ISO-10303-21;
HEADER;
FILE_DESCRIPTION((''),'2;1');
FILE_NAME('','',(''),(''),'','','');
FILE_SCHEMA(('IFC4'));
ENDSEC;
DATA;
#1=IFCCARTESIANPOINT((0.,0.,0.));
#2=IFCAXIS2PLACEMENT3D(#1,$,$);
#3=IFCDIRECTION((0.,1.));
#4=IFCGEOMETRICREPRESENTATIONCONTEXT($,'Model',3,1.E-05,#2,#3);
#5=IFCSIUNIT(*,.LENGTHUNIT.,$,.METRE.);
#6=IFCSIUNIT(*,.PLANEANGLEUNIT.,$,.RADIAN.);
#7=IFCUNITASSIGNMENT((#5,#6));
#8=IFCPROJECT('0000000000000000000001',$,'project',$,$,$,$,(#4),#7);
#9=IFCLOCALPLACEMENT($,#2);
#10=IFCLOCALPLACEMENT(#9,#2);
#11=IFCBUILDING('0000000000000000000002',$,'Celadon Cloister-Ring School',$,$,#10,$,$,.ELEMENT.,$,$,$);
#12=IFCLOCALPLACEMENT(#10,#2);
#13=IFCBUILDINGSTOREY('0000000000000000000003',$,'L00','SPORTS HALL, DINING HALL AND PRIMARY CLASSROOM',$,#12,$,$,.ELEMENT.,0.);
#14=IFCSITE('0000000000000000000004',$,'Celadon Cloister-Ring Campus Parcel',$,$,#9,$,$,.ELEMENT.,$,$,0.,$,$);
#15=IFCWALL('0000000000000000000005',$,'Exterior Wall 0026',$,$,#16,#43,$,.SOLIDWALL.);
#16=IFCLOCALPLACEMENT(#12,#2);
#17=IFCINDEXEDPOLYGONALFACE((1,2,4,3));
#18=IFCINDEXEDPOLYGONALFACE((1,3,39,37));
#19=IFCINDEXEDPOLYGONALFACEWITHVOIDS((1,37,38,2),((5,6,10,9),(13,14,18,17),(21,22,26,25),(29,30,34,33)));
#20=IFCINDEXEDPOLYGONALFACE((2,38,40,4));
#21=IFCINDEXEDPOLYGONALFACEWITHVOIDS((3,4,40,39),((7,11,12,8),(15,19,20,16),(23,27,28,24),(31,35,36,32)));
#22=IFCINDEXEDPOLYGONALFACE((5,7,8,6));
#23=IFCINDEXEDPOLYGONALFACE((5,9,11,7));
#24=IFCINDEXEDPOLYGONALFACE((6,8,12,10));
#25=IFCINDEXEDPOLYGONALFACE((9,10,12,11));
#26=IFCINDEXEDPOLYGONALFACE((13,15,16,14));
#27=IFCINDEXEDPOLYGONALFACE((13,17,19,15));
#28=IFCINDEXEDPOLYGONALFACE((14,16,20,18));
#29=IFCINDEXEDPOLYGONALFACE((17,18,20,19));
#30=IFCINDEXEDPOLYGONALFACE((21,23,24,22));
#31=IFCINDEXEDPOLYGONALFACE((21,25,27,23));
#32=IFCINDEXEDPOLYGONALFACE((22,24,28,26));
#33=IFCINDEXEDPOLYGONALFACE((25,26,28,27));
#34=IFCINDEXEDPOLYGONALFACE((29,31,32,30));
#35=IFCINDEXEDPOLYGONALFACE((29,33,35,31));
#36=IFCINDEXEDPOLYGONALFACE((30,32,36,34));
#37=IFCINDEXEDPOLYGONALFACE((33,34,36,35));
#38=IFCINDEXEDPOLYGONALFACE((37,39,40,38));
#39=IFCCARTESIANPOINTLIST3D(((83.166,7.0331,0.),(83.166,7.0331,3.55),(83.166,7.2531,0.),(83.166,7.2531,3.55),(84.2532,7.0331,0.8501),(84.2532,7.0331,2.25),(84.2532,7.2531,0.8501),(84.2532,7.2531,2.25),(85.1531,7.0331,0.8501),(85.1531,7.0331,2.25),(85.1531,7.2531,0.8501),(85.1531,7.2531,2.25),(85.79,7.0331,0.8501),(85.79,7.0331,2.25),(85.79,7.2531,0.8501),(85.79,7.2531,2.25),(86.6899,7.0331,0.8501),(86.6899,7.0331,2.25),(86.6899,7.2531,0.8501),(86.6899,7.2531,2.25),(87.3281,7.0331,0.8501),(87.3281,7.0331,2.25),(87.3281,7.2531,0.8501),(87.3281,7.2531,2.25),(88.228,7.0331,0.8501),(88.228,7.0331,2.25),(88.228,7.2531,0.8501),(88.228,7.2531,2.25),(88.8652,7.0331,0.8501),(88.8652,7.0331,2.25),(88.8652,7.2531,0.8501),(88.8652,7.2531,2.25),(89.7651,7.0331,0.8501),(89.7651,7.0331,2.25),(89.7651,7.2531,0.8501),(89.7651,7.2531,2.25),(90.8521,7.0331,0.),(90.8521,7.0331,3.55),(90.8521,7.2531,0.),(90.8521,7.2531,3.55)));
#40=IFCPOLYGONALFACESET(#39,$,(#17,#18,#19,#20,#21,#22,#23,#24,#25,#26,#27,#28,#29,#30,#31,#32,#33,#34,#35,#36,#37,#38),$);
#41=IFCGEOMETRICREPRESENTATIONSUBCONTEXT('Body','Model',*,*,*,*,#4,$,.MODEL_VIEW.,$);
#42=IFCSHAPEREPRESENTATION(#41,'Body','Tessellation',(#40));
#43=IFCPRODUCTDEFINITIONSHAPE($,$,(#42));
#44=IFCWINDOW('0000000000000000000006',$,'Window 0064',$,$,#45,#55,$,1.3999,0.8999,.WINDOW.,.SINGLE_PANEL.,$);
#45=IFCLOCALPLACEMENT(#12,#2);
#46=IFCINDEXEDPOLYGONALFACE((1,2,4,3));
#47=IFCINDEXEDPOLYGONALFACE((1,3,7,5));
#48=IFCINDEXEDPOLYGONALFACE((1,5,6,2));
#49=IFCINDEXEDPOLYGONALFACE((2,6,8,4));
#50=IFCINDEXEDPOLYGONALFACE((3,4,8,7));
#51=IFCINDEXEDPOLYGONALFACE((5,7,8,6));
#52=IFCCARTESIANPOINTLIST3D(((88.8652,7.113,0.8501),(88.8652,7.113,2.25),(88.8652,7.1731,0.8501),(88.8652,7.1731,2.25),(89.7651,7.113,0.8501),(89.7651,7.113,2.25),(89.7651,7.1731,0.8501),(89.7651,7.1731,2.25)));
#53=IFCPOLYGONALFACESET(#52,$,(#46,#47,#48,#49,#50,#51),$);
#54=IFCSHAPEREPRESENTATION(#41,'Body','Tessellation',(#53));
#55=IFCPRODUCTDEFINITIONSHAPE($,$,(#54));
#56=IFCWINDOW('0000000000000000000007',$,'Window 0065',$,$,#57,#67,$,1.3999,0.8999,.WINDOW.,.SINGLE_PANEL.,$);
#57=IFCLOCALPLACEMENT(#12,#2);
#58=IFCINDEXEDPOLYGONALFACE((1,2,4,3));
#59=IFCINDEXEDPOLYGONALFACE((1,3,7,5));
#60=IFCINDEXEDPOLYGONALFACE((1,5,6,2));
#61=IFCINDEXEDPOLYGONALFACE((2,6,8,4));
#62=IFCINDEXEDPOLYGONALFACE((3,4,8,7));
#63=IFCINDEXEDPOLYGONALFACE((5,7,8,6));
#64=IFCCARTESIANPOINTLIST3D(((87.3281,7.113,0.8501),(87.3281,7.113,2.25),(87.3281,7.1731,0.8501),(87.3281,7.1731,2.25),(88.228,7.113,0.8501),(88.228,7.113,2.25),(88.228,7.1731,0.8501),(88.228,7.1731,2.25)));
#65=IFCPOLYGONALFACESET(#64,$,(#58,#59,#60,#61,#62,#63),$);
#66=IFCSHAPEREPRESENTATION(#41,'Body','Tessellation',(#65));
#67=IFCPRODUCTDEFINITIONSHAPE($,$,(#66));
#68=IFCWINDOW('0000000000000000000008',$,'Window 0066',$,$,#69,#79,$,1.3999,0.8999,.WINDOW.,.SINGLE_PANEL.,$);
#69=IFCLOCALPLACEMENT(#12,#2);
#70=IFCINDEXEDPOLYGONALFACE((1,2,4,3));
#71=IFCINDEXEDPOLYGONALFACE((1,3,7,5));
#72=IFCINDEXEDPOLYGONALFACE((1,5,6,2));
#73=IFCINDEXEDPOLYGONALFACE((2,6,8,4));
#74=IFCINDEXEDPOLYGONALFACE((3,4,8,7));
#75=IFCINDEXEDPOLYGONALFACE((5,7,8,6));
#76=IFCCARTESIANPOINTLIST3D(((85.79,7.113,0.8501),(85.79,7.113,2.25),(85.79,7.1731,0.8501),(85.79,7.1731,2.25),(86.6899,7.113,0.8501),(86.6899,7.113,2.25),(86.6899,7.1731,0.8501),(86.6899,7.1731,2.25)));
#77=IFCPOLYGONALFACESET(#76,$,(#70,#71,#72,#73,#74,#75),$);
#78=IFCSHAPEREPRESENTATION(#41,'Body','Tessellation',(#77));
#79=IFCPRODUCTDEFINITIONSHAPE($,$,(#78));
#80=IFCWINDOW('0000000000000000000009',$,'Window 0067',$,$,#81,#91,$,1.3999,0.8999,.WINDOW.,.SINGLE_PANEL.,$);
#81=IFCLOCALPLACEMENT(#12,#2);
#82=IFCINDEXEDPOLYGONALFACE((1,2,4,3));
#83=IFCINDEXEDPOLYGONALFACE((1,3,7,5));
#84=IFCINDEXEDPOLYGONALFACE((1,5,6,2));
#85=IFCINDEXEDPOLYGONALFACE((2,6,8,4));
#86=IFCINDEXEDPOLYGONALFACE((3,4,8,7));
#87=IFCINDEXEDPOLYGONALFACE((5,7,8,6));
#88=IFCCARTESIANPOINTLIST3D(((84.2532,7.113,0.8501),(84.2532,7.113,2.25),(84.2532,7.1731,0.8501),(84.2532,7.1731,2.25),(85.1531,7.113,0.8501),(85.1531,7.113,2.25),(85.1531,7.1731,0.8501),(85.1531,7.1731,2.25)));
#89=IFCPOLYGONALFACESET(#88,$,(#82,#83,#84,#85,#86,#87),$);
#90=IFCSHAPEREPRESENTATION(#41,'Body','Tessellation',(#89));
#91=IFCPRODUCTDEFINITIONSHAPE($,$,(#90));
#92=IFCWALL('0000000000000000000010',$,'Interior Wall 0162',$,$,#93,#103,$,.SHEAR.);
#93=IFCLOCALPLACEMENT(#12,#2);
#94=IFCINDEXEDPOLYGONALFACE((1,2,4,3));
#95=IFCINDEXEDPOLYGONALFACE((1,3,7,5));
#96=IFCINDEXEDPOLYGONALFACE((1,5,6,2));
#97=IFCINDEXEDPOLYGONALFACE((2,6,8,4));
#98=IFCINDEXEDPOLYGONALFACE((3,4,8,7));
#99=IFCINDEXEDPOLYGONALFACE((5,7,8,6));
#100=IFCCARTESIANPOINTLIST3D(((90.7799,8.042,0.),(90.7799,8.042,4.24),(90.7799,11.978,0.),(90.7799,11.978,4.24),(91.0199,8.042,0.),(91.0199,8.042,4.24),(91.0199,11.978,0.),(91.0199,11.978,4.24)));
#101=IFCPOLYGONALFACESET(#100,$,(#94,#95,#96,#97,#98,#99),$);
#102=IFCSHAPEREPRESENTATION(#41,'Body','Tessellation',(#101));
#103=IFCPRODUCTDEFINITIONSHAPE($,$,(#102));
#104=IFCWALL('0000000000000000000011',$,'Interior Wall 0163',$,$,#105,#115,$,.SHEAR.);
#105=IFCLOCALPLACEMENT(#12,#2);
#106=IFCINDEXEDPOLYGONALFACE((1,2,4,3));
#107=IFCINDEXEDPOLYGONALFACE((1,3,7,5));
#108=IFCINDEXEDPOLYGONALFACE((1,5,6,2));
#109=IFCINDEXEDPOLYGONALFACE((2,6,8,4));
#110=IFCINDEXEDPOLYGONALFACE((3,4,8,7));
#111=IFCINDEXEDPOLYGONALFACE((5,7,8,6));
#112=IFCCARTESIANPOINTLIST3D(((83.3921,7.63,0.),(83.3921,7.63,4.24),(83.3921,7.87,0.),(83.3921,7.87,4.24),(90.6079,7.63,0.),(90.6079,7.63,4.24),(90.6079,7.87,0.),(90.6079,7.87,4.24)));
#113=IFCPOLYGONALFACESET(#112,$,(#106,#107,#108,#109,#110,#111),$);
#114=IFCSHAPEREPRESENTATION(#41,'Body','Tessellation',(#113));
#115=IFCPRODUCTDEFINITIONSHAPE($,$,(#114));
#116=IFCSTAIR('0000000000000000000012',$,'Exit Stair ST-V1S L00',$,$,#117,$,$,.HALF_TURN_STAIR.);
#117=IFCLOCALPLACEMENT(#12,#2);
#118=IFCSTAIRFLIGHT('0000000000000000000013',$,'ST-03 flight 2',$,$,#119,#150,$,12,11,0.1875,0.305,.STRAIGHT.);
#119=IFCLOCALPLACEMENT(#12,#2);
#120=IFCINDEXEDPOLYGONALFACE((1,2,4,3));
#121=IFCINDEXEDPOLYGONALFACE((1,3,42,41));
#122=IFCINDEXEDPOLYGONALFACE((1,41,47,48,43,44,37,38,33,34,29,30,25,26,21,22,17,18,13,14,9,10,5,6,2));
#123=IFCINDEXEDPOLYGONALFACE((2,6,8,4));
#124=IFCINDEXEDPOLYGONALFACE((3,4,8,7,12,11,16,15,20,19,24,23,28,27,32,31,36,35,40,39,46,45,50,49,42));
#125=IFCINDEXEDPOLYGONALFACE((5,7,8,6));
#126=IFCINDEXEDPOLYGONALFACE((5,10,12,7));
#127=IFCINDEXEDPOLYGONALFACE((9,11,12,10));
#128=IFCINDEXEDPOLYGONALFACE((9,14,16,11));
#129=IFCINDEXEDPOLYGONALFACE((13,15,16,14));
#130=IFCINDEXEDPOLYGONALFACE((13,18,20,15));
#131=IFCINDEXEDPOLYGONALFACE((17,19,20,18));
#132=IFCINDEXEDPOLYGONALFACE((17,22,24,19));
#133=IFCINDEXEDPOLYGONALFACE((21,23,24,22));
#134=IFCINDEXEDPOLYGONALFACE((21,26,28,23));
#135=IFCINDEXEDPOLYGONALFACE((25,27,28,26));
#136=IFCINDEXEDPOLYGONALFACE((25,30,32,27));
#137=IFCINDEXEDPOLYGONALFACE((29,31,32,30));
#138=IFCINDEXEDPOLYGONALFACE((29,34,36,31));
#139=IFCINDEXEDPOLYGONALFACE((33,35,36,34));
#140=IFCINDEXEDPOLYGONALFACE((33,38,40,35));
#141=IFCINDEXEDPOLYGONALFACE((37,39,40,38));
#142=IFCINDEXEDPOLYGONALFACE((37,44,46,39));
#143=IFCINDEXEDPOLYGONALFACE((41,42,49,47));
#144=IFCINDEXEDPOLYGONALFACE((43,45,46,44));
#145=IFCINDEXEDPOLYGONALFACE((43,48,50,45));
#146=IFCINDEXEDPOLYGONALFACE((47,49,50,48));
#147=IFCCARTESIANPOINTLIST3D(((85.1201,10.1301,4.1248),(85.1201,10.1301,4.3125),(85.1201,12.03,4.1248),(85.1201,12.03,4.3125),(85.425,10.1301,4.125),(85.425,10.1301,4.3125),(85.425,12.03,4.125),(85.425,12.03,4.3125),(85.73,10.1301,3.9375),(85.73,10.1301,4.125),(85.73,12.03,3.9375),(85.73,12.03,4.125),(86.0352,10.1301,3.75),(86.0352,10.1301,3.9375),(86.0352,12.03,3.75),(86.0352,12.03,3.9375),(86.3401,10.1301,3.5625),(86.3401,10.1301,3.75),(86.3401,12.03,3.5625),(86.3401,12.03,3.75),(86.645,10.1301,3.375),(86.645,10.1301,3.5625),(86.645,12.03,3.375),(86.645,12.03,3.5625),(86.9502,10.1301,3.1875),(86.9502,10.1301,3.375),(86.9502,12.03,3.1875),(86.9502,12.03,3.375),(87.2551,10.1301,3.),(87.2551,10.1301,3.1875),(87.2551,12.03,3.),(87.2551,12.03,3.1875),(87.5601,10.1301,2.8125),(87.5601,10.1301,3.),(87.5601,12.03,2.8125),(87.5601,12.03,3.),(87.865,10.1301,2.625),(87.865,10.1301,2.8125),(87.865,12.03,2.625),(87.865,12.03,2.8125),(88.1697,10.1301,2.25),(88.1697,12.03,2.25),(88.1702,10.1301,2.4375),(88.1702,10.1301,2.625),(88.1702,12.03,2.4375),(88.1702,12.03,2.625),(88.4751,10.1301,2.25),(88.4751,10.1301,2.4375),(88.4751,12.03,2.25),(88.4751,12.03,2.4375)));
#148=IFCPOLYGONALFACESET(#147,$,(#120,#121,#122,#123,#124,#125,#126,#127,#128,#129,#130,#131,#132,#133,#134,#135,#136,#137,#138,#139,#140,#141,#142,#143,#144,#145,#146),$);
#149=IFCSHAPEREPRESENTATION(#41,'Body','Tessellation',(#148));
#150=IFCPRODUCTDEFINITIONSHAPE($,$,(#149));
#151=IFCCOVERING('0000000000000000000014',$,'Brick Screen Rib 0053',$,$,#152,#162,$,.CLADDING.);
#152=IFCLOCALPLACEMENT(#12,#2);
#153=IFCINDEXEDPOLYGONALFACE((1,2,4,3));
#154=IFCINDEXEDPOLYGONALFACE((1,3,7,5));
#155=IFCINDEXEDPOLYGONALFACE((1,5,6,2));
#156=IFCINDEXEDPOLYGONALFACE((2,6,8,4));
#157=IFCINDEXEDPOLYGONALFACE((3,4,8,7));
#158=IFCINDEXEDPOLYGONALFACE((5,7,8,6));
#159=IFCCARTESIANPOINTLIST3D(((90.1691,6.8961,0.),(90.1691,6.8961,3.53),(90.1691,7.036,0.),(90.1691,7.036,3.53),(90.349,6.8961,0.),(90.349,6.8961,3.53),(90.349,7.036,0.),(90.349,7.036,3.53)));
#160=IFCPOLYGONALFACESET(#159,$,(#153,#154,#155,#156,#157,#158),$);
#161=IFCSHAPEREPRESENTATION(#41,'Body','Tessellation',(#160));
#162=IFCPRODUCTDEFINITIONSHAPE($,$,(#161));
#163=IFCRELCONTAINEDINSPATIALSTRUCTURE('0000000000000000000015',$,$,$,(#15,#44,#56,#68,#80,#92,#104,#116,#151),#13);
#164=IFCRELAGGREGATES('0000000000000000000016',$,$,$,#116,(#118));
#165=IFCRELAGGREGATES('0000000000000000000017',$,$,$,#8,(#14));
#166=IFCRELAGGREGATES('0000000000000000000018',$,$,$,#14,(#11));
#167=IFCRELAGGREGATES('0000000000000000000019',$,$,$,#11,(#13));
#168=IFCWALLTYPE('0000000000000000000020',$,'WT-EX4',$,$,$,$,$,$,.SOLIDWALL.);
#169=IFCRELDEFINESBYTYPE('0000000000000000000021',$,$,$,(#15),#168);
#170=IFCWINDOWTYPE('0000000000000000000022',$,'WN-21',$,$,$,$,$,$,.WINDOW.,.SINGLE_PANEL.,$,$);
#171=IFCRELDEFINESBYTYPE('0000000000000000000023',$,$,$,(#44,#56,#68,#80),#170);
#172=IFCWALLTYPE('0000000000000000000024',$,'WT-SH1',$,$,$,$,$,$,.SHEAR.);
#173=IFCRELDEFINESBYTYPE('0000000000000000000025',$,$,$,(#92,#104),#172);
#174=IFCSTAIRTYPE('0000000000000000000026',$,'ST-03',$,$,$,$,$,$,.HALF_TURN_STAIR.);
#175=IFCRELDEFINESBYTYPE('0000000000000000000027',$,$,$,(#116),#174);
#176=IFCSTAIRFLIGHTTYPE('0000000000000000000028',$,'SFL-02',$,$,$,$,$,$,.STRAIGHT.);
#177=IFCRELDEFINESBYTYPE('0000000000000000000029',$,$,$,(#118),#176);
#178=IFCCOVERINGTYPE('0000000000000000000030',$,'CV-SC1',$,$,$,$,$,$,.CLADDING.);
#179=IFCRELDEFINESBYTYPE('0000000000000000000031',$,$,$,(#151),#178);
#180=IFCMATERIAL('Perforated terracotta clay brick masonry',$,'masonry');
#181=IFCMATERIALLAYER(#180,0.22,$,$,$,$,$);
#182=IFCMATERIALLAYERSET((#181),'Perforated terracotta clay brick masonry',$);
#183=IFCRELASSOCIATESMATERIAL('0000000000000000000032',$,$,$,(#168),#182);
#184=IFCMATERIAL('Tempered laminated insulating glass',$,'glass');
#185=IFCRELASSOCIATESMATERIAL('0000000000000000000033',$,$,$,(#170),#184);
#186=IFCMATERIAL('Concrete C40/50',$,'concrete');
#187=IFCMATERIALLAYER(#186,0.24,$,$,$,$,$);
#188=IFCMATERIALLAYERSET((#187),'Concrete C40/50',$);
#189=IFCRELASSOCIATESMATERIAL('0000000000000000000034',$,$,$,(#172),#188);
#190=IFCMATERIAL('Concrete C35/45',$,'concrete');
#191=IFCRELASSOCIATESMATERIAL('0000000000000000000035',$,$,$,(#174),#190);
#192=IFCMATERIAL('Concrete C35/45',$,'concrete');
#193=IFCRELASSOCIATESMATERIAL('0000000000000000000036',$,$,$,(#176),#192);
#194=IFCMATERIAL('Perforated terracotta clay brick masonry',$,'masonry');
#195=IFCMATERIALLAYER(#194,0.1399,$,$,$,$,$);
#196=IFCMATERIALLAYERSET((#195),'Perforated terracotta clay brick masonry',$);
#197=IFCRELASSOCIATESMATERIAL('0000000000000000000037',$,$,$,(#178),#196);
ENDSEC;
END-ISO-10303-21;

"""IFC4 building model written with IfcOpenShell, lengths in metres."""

from ifc_helpers import new_model, si_unit, direction, frame, frame_2d, origin, origin_2d, place, context, subcontext, project, spatial, polyline, rectangle, outline, extrude, material, layer, layer_set, type_object, element, fill, aggregate, save


model = new_model("IFC4")

# Units and contexts
model_context = context("Model", 3, precision=1e-05, world=origin(), true_north=direction((0.0, 1.0)))
body_context = subcontext(model_context, "Body", "Model", "MODEL_VIEW")
ifc_project = project(units=[si_unit("LENGTHUNIT", "METRE"), si_unit("PLANEANGLEUNIT", "RADIAN")], contexts=[model_context])

# Site, building, storey
site_placement = place(None, origin())
site = spatial("IfcSite", under=ifc_project, at=site_placement, Name="Celadon Cloister-Ring Campus Parcel", CompositionType="ELEMENT", RefElevation=0.0)
building_placement = place(site_placement, origin())
building = spatial("IfcBuilding", under=site, at=building_placement, Name="Celadon Cloister-Ring School", CompositionType="ELEMENT")
storey_placement = place(building_placement, origin())
storey = spatial("IfcBuildingStorey", under=building, at=storey_placement, Name="L00", Description="SPORTS HALL, DINING HALL AND PRIMARY CLASSROOM", CompositionType="ELEMENT", Elevation=0.0)

# Wall, openings, windows
ifc_material_1 = material(Name="Perforated terracotta clay brick masonry", Category="masonry")
ifc_layer_1 = layer(ifc_material_1, 0.22)
ifc_layer_set_1 = layer_set([ifc_layer_1], Name="Perforated terracotta clay brick masonry")
wall_type_1 = type_object("IfcWallType", Name="WT-EX4", PredefinedType="SOLIDWALL", material=ifc_layer_set_1)
wall_1_placement = place(storey_placement, frame((90.8521, 7.1431, 0.0), z_axis=(0.0, 0.0, 1.0), x_axis=(-1.0, 0.0, 0.0)))
wall_1 = element("IfcWall", 1, at=wall_1_placement, inside=storey, type_object=wall_type_1, Name="Exterior Wall 0026", PredefinedType="SOLIDWALL", context=body_context, shape_type="SweptSolid", body=[
    extrude(rectangle(XDim=7.686, YDim=0.22, at=frame_2d((3.843, 0.0))), origin(), (0.0, 0.0, 1.0), 3.55),
])
opening_1_placement = place(wall_1_placement, frame((1.0869, 0.0, 0.8501)))
opening_1 = element("IfcOpeningElement", 2, at=opening_1_placement, cuts=wall_1, PredefinedType="OPENING", context=body_context, shape_type="SweptSolid", body=[
    extrude(rectangle(XDim=0.8999, YDim=1.3999, at=frame_2d((0.45, 0.7))), frame((0.0, 0.1201, 0.0), z_axis=(0.0, -1.0, 0.0), x_axis=(1.0, 0.0, 0.0)), (0.0, 0.0, 1.0), 0.24),
])
opening_2_placement = place(wall_1_placement, frame((2.624, 0.0, 0.8501)))
opening_2 = element("IfcOpeningElement", 3, at=opening_2_placement, cuts=wall_1, PredefinedType="OPENING", context=body_context, shape_type="SweptSolid", body=[
    extrude(rectangle(XDim=0.8999, YDim=1.3999, at=frame_2d((0.45, 0.7))), frame((0.0, 0.1201, 0.0), z_axis=(0.0, -1.0, 0.0), x_axis=(1.0, 0.0, 0.0)), (0.0, 0.0, 1.0), 0.24),
])
opening_3_placement = place(wall_1_placement, frame((4.1621, 0.0, 0.8501)))
opening_3 = element("IfcOpeningElement", 4, at=opening_3_placement, cuts=wall_1, PredefinedType="OPENING", context=body_context, shape_type="SweptSolid", body=[
    extrude(rectangle(XDim=0.8999, YDim=1.3999, at=frame_2d((0.45, 0.7))), frame((0.0, 0.1201, 0.0), z_axis=(0.0, -1.0, 0.0), x_axis=(1.0, 0.0, 0.0)), (0.0, 0.0, 1.0), 0.24),
])
opening_4_placement = place(wall_1_placement, frame((5.699, 0.0, 0.8501)))
opening_4 = element("IfcOpeningElement", 5, at=opening_4_placement, cuts=wall_1, PredefinedType="OPENING", context=body_context, shape_type="SweptSolid", body=[
    extrude(rectangle(XDim=0.8999, YDim=1.3999, at=frame_2d((0.45, 0.7))), frame((0.0, 0.1201, 0.0), z_axis=(0.0, -1.0, 0.0), x_axis=(1.0, 0.0, 0.0)), (0.0, 0.0, 1.0), 0.24),
])
ifc_material_2 = material(Name="Tempered laminated insulating glass", Category="glass")
window_type = type_object("IfcWindowType", Name="WN-21", PartitioningType="SINGLE_PANEL", PredefinedType="WINDOW", material=ifc_material_2)
window_1_placement = place(opening_1_placement, origin())
window_1 = element("IfcWindow", 6, at=window_1_placement, inside=storey, type_object=window_type, Name="Window 0064", OverallHeight=1.3999, OverallWidth=0.8999, PartitioningType="SINGLE_PANEL", PredefinedType="WINDOW", context=body_context, shape_type="SweptSolid", body=[
    extrude(rectangle(XDim=0.8999, YDim=1.3999, at=frame_2d((0.45, 0.7))), frame((0.0, 0.03, 0.0), z_axis=(0.0, -1.0, 0.0), x_axis=(1.0, 0.0, 0.0)), (0.0, 0.0, 1.0), 0.0601),
])
fill(opening_1, window_1)
window_2_placement = place(opening_2_placement, origin())
window_2 = element("IfcWindow", 7, at=window_2_placement, inside=storey, type_object=window_type, Name="Window 0065", OverallHeight=1.3999, OverallWidth=0.8999, PartitioningType="SINGLE_PANEL", PredefinedType="WINDOW", context=body_context, shape_type="SweptSolid", body=[
    extrude(rectangle(XDim=0.8999, YDim=1.3999, at=frame_2d((0.45, 0.7))), frame((0.0, 0.03, 0.0), z_axis=(0.0, -1.0, 0.0), x_axis=(1.0, 0.0, 0.0)), (0.0, 0.0, 1.0), 0.0601),
])
fill(opening_2, window_2)
window_3_placement = place(opening_3_placement, origin())
window_3 = element("IfcWindow", 8, at=window_3_placement, inside=storey, type_object=window_type, Name="Window 0066", OverallHeight=1.3999, OverallWidth=0.8999, PartitioningType="SINGLE_PANEL", PredefinedType="WINDOW", context=body_context, shape_type="SweptSolid", body=[
    extrude(rectangle(XDim=0.8999, YDim=1.3999, at=frame_2d((0.45, 0.7))), frame((0.0, 0.03, 0.0), z_axis=(0.0, -1.0, 0.0), x_axis=(1.0, 0.0, 0.0)), (0.0, 0.0, 1.0), 0.0601),
])
fill(opening_3, window_3)
window_4_placement = place(opening_4_placement, origin())
window_4 = element("IfcWindow", 9, at=window_4_placement, inside=storey, type_object=window_type, Name="Window 0067", OverallHeight=1.3999, OverallWidth=0.8999, PartitioningType="SINGLE_PANEL", PredefinedType="WINDOW", context=body_context, shape_type="SweptSolid", body=[
    extrude(rectangle(XDim=0.8999, YDim=1.3999, at=frame_2d((0.45, 0.7))), frame((0.0, 0.03, 0.0), z_axis=(0.0, -1.0, 0.0), x_axis=(1.0, 0.0, 0.0)), (0.0, 0.0, 1.0), 0.0601),
])
fill(opening_4, window_4)

# Walls
ifc_material_3 = material(Name="Concrete C40/50", Category="concrete")
ifc_layer_2 = layer(ifc_material_3, 0.24)
ifc_layer_set_2 = layer_set([ifc_layer_2], Name="Concrete C40/50")
wall_type_2 = type_object("IfcWallType", Name="WT-SH1", PredefinedType="SHEAR", material=ifc_layer_set_2)
wall_2_placement = place(storey_placement, frame((90.8999, 11.978, 0.0), z_axis=(0.0, 0.0, 1.0), x_axis=(0.0, -1.0, 0.0)))
element("IfcWall", 10, at=wall_2_placement, inside=storey, type_object=wall_type_2, Name="Interior Wall 0162", PredefinedType="SHEAR", context=body_context, shape_type="SweptSolid", body=[
    extrude(rectangle(XDim=3.936, YDim=0.24, at=frame_2d((1.968, 0.0))), origin(), (0.0, 0.0, 1.0), 4.24),
])
wall_3_placement = place(storey_placement, frame((90.6079, 7.75, 0.0), z_axis=(0.0, 0.0, 1.0), x_axis=(-1.0, 0.0, 0.0)))
element("IfcWall", 11, at=wall_3_placement, inside=storey, type_object=wall_type_2, Name="Interior Wall 0163", PredefinedType="SHEAR", context=body_context, shape_type="SweptSolid", body=[
    extrude(rectangle(XDim=7.2158, YDim=0.24, at=frame_2d((3.6079, 0.0))), origin(), (0.0, 0.0, 1.0), 4.24),
])

# Stair, stair flight
ifc_material_4 = material(Name="Concrete C35/45", Category="concrete")
stair_type = type_object("IfcStairType", Name="ST-03", PredefinedType="HALF_TURN_STAIR", material=ifc_material_4)
stair_placement = place(storey_placement, origin())
stair = element("IfcStair", 12, at=stair_placement, inside=storey, type_object=stair_type, Name="Exit Stair ST-V1S L00", PredefinedType="HALF_TURN_STAIR")
ifc_material_5 = material(Name="Concrete C35/45", Category="concrete")
stair_flight_type = type_object("IfcStairFlightType", Name="SFL-02", PredefinedType="STRAIGHT", material=ifc_material_5)
stair_flight_placement = place(storey_placement, frame((88.4751, 11.0801, 2.25), z_axis=(0.0, 0.0, 1.0), x_axis=(-1.0, 0.0, 0.0)))
stair_flight = element("IfcStairFlight", 13, at=stair_flight_placement, type_object=stair_flight_type, Name="ST-03 flight 2", NumberOfRisers=12, NumberOfTreads=11, PredefinedType="STRAIGHT", RiserHeight=0.1875, TreadLength=0.305, context=body_context, shape_type="SweptSolid", body=[
    extrude(outline(polyline([(0.0, 0.0), (0.0, 0.1875), (0.3049, 0.1875), (0.3049, 0.375), (0.6101, 0.375), (0.6101, 0.5625), (0.915, 0.5625), (0.915, 0.75), (1.22, 0.75), (1.22, 0.9375), (1.5249, 0.9375), (1.5249, 1.125), (1.8301, 1.125), (1.8301, 1.3125), (2.135, 1.3125), (2.135, 1.5), (2.4399, 1.5), (2.4399, 1.6875), (2.7451, 1.6875), (2.7451, 1.875), (3.05, 1.875), (3.05, 2.0625), (3.355, 2.0625), (3.355, 2.25), (3.355, 1.8748), (0.3054, 0.0), (0.0, 0.0)])), frame((0.0, 0.95, 0.0), z_axis=(0.0, -1.0, 0.0), x_axis=(1.0, 0.0, 0.0)), (0.0, 0.0, 1.0), 1.8999),
])
aggregate(stair, [stair_flight])

# Covering
ifc_material_6 = material(Name="Perforated terracotta clay brick masonry", Category="masonry")
ifc_layer_3 = layer(ifc_material_6, 0.1399)
ifc_layer_set_3 = layer_set([ifc_layer_3], Name="Perforated terracotta clay brick masonry")
covering_type = type_object("IfcCoveringType", Name="CV-SC1", PredefinedType="CLADDING", material=ifc_layer_set_3)
for number, where, z_axis, x_axis, name in (
    (14, (90.259, 6.9661, 0.0), (0.0, 0.0, 1.0), (-1.0, 0.0, 0.0), "Brick Screen Rib 0053"),
):
    element("IfcCovering", number, at=place(storey_placement, frame(where, z_axis=z_axis, x_axis=x_axis)), inside=storey, type_object=covering_type, Name=name, PredefinedType="CLADDING", context=body_context, shape_type="SweptSolid", body=[
        extrude(rectangle(XDim=0.1799, YDim=0.1399, at=origin_2d()), origin(), (0.0, 0.0, 1.0), 3.53),
    ])

save(model, "model.ifc")
